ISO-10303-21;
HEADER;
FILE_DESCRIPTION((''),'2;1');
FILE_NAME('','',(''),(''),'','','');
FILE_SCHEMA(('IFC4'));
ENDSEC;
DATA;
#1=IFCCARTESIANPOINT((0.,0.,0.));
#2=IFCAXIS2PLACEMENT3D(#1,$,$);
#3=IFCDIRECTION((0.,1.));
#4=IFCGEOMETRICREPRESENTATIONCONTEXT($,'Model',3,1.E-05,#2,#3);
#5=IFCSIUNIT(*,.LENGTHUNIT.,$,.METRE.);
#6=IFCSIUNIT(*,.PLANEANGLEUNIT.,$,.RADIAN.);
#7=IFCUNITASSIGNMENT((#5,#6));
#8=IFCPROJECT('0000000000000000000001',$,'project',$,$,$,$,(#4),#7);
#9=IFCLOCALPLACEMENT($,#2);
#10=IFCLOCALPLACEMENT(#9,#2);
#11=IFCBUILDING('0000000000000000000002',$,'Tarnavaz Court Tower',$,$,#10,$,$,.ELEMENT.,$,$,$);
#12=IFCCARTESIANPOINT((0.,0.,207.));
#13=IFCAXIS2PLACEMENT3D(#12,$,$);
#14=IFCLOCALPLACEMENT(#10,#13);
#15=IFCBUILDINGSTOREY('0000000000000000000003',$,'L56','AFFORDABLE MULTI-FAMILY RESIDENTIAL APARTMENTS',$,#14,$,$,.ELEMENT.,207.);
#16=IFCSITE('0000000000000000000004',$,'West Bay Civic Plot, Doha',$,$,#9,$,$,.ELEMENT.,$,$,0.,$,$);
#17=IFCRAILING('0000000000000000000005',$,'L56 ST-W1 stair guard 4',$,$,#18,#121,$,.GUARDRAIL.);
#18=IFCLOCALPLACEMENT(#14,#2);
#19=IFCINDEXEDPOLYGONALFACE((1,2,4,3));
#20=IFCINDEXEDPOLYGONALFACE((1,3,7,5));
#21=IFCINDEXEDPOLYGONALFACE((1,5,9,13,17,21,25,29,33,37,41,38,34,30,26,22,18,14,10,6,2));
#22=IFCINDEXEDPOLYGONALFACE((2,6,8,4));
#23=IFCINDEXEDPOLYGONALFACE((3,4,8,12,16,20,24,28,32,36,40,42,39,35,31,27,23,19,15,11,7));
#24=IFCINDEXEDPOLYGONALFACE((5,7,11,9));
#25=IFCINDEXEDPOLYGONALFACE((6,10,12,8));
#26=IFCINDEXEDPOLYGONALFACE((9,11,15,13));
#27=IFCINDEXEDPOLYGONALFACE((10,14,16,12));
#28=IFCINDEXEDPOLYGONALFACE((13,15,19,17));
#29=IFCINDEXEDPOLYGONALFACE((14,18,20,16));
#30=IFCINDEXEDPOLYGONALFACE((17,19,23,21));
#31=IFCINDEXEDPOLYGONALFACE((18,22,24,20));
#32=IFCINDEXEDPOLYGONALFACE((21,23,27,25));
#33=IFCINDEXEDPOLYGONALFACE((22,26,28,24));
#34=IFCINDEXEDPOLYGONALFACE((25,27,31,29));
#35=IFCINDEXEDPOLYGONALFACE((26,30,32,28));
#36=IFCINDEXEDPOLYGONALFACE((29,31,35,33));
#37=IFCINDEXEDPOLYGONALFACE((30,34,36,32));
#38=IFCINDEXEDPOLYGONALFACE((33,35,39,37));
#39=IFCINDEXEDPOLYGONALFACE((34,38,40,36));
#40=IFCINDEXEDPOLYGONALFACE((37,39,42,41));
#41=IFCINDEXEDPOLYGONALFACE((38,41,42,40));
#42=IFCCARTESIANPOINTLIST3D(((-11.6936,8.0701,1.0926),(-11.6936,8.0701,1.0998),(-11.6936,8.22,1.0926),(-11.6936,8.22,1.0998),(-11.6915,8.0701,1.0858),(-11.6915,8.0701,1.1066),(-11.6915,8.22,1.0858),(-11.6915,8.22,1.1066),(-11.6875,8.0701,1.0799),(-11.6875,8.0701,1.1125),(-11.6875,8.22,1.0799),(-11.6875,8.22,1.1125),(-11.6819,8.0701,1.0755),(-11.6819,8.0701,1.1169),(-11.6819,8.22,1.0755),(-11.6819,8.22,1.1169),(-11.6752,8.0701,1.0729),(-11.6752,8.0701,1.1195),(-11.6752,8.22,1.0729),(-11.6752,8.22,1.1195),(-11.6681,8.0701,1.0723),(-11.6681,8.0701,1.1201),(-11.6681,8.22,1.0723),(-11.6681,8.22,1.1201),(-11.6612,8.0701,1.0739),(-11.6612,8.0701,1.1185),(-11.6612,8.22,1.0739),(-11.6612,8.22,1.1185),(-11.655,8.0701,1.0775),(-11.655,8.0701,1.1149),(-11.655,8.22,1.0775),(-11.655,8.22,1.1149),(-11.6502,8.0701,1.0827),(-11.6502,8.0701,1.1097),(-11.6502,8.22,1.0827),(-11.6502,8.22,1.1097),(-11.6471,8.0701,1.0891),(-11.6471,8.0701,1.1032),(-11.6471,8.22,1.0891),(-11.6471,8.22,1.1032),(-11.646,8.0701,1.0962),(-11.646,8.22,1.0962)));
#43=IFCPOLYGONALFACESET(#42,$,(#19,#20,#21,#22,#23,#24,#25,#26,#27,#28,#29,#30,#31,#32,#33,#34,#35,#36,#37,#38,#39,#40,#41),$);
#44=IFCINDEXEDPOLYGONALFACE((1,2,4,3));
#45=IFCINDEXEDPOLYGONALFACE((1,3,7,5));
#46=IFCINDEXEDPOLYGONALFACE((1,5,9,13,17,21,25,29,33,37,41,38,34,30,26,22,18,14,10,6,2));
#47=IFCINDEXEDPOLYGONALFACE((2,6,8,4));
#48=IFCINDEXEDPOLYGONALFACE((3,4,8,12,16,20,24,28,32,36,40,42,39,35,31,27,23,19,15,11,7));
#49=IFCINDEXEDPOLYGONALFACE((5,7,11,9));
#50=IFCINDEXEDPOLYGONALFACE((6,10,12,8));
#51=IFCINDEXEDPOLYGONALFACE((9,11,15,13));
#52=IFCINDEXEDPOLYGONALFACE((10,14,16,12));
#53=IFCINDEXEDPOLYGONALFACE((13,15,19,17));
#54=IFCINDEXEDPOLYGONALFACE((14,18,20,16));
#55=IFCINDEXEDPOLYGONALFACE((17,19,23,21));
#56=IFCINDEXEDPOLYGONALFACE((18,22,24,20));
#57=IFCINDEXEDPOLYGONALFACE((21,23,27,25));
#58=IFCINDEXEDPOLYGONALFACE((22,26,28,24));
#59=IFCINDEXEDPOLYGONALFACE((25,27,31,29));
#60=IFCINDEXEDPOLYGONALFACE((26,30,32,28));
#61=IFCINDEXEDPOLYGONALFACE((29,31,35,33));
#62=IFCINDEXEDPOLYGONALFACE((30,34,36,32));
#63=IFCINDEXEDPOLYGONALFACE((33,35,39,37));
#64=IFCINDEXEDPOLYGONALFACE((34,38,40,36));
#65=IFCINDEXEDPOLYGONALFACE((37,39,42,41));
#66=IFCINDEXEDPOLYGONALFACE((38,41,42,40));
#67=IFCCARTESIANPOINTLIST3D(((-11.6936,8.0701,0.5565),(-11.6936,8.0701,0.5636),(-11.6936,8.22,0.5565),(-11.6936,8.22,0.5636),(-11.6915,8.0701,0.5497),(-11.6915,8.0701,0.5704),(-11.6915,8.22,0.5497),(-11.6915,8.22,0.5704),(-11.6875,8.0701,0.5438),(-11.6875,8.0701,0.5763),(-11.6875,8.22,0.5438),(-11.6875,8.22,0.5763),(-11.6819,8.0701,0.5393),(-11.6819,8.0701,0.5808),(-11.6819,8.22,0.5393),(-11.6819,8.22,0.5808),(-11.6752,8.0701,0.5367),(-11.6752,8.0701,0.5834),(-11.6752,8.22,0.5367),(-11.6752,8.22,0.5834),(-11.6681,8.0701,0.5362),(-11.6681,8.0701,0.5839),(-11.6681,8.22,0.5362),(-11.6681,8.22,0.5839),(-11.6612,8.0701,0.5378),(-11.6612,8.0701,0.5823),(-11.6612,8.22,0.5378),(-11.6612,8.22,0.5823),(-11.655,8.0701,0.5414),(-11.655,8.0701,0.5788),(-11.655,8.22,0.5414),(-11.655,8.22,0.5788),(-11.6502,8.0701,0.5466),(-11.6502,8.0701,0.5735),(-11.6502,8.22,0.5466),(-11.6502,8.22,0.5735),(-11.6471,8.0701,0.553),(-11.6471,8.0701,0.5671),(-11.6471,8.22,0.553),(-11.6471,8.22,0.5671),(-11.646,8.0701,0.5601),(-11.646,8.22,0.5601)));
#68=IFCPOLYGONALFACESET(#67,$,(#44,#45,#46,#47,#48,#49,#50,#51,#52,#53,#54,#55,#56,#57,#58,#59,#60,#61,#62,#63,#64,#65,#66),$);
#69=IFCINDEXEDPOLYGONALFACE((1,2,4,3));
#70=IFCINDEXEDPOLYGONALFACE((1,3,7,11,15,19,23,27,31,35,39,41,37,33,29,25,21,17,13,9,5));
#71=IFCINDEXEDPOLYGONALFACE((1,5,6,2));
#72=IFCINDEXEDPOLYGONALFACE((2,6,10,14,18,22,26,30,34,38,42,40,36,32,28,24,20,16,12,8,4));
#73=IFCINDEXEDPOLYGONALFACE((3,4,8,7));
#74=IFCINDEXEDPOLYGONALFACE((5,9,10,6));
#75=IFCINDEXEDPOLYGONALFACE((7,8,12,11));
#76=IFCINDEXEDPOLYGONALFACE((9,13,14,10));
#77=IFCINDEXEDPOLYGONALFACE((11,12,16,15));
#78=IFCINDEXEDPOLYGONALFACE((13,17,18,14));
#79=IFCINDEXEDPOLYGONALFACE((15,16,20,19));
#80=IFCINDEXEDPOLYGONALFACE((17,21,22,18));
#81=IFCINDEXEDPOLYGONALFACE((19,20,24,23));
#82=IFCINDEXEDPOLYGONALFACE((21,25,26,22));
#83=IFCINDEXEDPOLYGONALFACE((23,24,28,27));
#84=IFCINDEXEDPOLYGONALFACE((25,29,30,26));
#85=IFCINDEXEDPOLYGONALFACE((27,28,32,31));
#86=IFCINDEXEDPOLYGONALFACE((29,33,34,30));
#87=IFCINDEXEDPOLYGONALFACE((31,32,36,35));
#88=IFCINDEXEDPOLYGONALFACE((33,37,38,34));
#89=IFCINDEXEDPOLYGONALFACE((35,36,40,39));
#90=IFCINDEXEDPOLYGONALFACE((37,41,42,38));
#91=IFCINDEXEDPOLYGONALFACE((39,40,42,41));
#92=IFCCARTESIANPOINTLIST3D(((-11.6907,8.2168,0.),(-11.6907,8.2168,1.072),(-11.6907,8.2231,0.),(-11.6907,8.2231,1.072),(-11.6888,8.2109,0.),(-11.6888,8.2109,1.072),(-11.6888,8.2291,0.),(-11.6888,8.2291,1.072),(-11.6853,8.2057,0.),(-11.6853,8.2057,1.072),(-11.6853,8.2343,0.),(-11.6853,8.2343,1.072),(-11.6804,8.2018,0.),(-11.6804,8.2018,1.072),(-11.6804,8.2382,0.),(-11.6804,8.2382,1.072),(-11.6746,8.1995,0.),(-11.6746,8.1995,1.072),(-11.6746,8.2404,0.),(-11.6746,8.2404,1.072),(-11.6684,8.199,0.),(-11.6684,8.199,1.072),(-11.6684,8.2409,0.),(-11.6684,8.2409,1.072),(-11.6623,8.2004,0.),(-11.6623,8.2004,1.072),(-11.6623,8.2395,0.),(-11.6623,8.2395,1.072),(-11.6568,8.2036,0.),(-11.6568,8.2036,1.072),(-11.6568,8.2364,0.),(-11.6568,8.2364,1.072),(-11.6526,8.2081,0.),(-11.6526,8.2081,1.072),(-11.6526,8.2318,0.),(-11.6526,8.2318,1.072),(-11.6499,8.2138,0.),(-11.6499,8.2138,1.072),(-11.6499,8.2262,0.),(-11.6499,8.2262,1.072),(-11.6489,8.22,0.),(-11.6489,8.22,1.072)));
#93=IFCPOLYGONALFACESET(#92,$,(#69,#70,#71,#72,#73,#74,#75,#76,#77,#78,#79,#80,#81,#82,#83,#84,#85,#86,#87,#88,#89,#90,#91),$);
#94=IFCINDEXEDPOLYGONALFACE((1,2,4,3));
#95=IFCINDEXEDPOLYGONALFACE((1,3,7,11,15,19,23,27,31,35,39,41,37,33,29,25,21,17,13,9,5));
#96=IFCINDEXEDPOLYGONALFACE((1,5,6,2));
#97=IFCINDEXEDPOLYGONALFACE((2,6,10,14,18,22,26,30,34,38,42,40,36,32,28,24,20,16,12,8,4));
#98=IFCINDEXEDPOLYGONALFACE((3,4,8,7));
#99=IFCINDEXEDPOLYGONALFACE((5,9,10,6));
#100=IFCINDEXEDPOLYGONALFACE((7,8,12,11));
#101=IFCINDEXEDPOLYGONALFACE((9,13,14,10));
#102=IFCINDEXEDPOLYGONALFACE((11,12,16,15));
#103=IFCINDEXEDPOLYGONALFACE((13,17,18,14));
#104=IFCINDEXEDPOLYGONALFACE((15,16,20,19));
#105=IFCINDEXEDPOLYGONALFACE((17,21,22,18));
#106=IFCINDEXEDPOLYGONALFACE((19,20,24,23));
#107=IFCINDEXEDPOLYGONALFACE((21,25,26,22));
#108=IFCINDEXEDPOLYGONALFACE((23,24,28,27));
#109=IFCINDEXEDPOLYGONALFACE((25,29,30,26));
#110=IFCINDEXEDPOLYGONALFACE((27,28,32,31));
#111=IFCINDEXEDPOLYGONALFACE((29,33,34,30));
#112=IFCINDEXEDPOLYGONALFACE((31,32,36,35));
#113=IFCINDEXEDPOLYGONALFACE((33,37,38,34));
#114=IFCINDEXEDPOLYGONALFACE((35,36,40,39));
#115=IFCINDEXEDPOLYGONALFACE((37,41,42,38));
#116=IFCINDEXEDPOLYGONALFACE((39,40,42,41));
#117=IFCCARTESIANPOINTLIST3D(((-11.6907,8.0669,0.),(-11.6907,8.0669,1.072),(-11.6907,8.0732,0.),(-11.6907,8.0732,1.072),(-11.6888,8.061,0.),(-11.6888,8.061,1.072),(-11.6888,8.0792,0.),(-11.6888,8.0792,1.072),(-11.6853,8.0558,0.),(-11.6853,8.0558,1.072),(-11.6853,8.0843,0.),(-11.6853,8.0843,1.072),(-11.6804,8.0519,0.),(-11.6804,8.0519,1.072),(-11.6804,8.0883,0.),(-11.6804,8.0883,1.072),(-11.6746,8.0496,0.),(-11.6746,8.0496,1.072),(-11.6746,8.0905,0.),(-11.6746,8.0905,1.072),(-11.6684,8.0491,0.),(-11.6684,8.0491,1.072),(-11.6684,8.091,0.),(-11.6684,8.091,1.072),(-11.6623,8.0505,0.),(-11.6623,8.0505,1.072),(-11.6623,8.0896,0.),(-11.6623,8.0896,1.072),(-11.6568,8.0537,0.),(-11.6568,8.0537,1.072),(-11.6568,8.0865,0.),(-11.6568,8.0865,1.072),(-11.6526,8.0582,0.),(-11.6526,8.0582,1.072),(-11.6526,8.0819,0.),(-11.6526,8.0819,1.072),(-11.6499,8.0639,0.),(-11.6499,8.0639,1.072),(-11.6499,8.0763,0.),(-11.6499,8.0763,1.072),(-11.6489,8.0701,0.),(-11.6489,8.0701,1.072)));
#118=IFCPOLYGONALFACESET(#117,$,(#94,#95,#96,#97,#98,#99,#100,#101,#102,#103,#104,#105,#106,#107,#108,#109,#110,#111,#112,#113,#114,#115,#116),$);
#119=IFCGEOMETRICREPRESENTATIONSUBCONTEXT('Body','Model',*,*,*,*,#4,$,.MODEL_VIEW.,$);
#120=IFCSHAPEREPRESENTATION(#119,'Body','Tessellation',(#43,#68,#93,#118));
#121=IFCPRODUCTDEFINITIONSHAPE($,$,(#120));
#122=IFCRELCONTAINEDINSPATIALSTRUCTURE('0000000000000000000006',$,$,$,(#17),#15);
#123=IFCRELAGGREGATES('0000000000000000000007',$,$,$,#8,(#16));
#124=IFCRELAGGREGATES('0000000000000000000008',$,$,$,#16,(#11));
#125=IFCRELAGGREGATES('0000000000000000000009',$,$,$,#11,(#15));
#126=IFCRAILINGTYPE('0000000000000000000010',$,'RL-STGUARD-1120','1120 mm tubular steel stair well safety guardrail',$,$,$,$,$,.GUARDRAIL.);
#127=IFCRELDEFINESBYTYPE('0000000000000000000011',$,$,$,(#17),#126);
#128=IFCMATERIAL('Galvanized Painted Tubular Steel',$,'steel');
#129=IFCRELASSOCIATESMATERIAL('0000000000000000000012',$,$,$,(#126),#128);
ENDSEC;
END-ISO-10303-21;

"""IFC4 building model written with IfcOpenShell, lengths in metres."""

from ifc_helpers import new_model, si_unit, direction, frame, origin, origin_2d, place, context, subcontext, project, spatial, circle, extrude, material, type_object, element, save


model = new_model("IFC4")

# Units and contexts
model_context = context("Model", 3, precision=1e-05, world=origin(), true_north=direction((0.0, 1.0)))
body_context = subcontext(model_context, "Body", "Model", "MODEL_VIEW")
ifc_project = project(units=[si_unit("LENGTHUNIT", "METRE"), si_unit("PLANEANGLEUNIT", "RADIAN")], contexts=[model_context])

# Site, building, storey
site_placement = place(None, origin())
site = spatial("IfcSite", under=ifc_project, at=site_placement, Name="West Bay Civic Plot, Doha", CompositionType="ELEMENT", RefElevation=0.0)
building_placement = place(site_placement, origin())
building = spatial("IfcBuilding", under=site, at=building_placement, Name="Tarnavaz Court Tower", CompositionType="ELEMENT")
storey_placement = place(building_placement, frame((0.0, 0.0, 207.0)))
storey = spatial("IfcBuildingStorey", under=building, at=storey_placement, Name="L56", Description="AFFORDABLE MULTI-FAMILY RESIDENTIAL APARTMENTS", CompositionType="ELEMENT", Elevation=207.0)

# Railing
ifc_material_1 = material(Name="Galvanized Painted Tubular Steel", Category="steel")
railing_type_1 = type_object("IfcRailingType", Name="RL-STGUARD-1120", Description="1120 mm tubular steel stair well safety guardrail", PredefinedType="GUARDRAIL", material=ifc_material_1)
railing_1_placement = place(storey_placement, frame((-11.6699, 8.22, 0.0)))
element("IfcRailing", 1, at=railing_1_placement, inside=storey, type_object=railing_type_1, Name="L56 ST-W1 stair guard 4", PredefinedType="GUARDRAIL", context=body_context, shape_type="SweptSolid", body=[
    extrude(circle(Radius=0.0239, at=origin_2d()), frame((0.0, 0.0, 1.0962), z_axis=(0.0, -1.0, 0.0), x_axis=(1.0, 0.0, 0.0)), (0.0, 0.0, 1.0), 0.1499),
    extrude(circle(Radius=0.0239, at=origin_2d()), frame((0.0, 0.0, 0.5601), z_axis=(0.0, -1.0, 0.0), x_axis=(1.0, 0.0, 0.0)), (0.0, 0.0, 1.0), 0.1499),
    extrude(circle(Radius=0.021, at=origin_2d()), origin(), (0.0, 0.0, 1.0), 1.072),
    extrude(circle(Radius=0.021, at=origin_2d()), frame((0.0, -0.1499, 0.0)), (0.0, 0.0, 1.0), 1.072),
])

save(model, "model.ifc")
